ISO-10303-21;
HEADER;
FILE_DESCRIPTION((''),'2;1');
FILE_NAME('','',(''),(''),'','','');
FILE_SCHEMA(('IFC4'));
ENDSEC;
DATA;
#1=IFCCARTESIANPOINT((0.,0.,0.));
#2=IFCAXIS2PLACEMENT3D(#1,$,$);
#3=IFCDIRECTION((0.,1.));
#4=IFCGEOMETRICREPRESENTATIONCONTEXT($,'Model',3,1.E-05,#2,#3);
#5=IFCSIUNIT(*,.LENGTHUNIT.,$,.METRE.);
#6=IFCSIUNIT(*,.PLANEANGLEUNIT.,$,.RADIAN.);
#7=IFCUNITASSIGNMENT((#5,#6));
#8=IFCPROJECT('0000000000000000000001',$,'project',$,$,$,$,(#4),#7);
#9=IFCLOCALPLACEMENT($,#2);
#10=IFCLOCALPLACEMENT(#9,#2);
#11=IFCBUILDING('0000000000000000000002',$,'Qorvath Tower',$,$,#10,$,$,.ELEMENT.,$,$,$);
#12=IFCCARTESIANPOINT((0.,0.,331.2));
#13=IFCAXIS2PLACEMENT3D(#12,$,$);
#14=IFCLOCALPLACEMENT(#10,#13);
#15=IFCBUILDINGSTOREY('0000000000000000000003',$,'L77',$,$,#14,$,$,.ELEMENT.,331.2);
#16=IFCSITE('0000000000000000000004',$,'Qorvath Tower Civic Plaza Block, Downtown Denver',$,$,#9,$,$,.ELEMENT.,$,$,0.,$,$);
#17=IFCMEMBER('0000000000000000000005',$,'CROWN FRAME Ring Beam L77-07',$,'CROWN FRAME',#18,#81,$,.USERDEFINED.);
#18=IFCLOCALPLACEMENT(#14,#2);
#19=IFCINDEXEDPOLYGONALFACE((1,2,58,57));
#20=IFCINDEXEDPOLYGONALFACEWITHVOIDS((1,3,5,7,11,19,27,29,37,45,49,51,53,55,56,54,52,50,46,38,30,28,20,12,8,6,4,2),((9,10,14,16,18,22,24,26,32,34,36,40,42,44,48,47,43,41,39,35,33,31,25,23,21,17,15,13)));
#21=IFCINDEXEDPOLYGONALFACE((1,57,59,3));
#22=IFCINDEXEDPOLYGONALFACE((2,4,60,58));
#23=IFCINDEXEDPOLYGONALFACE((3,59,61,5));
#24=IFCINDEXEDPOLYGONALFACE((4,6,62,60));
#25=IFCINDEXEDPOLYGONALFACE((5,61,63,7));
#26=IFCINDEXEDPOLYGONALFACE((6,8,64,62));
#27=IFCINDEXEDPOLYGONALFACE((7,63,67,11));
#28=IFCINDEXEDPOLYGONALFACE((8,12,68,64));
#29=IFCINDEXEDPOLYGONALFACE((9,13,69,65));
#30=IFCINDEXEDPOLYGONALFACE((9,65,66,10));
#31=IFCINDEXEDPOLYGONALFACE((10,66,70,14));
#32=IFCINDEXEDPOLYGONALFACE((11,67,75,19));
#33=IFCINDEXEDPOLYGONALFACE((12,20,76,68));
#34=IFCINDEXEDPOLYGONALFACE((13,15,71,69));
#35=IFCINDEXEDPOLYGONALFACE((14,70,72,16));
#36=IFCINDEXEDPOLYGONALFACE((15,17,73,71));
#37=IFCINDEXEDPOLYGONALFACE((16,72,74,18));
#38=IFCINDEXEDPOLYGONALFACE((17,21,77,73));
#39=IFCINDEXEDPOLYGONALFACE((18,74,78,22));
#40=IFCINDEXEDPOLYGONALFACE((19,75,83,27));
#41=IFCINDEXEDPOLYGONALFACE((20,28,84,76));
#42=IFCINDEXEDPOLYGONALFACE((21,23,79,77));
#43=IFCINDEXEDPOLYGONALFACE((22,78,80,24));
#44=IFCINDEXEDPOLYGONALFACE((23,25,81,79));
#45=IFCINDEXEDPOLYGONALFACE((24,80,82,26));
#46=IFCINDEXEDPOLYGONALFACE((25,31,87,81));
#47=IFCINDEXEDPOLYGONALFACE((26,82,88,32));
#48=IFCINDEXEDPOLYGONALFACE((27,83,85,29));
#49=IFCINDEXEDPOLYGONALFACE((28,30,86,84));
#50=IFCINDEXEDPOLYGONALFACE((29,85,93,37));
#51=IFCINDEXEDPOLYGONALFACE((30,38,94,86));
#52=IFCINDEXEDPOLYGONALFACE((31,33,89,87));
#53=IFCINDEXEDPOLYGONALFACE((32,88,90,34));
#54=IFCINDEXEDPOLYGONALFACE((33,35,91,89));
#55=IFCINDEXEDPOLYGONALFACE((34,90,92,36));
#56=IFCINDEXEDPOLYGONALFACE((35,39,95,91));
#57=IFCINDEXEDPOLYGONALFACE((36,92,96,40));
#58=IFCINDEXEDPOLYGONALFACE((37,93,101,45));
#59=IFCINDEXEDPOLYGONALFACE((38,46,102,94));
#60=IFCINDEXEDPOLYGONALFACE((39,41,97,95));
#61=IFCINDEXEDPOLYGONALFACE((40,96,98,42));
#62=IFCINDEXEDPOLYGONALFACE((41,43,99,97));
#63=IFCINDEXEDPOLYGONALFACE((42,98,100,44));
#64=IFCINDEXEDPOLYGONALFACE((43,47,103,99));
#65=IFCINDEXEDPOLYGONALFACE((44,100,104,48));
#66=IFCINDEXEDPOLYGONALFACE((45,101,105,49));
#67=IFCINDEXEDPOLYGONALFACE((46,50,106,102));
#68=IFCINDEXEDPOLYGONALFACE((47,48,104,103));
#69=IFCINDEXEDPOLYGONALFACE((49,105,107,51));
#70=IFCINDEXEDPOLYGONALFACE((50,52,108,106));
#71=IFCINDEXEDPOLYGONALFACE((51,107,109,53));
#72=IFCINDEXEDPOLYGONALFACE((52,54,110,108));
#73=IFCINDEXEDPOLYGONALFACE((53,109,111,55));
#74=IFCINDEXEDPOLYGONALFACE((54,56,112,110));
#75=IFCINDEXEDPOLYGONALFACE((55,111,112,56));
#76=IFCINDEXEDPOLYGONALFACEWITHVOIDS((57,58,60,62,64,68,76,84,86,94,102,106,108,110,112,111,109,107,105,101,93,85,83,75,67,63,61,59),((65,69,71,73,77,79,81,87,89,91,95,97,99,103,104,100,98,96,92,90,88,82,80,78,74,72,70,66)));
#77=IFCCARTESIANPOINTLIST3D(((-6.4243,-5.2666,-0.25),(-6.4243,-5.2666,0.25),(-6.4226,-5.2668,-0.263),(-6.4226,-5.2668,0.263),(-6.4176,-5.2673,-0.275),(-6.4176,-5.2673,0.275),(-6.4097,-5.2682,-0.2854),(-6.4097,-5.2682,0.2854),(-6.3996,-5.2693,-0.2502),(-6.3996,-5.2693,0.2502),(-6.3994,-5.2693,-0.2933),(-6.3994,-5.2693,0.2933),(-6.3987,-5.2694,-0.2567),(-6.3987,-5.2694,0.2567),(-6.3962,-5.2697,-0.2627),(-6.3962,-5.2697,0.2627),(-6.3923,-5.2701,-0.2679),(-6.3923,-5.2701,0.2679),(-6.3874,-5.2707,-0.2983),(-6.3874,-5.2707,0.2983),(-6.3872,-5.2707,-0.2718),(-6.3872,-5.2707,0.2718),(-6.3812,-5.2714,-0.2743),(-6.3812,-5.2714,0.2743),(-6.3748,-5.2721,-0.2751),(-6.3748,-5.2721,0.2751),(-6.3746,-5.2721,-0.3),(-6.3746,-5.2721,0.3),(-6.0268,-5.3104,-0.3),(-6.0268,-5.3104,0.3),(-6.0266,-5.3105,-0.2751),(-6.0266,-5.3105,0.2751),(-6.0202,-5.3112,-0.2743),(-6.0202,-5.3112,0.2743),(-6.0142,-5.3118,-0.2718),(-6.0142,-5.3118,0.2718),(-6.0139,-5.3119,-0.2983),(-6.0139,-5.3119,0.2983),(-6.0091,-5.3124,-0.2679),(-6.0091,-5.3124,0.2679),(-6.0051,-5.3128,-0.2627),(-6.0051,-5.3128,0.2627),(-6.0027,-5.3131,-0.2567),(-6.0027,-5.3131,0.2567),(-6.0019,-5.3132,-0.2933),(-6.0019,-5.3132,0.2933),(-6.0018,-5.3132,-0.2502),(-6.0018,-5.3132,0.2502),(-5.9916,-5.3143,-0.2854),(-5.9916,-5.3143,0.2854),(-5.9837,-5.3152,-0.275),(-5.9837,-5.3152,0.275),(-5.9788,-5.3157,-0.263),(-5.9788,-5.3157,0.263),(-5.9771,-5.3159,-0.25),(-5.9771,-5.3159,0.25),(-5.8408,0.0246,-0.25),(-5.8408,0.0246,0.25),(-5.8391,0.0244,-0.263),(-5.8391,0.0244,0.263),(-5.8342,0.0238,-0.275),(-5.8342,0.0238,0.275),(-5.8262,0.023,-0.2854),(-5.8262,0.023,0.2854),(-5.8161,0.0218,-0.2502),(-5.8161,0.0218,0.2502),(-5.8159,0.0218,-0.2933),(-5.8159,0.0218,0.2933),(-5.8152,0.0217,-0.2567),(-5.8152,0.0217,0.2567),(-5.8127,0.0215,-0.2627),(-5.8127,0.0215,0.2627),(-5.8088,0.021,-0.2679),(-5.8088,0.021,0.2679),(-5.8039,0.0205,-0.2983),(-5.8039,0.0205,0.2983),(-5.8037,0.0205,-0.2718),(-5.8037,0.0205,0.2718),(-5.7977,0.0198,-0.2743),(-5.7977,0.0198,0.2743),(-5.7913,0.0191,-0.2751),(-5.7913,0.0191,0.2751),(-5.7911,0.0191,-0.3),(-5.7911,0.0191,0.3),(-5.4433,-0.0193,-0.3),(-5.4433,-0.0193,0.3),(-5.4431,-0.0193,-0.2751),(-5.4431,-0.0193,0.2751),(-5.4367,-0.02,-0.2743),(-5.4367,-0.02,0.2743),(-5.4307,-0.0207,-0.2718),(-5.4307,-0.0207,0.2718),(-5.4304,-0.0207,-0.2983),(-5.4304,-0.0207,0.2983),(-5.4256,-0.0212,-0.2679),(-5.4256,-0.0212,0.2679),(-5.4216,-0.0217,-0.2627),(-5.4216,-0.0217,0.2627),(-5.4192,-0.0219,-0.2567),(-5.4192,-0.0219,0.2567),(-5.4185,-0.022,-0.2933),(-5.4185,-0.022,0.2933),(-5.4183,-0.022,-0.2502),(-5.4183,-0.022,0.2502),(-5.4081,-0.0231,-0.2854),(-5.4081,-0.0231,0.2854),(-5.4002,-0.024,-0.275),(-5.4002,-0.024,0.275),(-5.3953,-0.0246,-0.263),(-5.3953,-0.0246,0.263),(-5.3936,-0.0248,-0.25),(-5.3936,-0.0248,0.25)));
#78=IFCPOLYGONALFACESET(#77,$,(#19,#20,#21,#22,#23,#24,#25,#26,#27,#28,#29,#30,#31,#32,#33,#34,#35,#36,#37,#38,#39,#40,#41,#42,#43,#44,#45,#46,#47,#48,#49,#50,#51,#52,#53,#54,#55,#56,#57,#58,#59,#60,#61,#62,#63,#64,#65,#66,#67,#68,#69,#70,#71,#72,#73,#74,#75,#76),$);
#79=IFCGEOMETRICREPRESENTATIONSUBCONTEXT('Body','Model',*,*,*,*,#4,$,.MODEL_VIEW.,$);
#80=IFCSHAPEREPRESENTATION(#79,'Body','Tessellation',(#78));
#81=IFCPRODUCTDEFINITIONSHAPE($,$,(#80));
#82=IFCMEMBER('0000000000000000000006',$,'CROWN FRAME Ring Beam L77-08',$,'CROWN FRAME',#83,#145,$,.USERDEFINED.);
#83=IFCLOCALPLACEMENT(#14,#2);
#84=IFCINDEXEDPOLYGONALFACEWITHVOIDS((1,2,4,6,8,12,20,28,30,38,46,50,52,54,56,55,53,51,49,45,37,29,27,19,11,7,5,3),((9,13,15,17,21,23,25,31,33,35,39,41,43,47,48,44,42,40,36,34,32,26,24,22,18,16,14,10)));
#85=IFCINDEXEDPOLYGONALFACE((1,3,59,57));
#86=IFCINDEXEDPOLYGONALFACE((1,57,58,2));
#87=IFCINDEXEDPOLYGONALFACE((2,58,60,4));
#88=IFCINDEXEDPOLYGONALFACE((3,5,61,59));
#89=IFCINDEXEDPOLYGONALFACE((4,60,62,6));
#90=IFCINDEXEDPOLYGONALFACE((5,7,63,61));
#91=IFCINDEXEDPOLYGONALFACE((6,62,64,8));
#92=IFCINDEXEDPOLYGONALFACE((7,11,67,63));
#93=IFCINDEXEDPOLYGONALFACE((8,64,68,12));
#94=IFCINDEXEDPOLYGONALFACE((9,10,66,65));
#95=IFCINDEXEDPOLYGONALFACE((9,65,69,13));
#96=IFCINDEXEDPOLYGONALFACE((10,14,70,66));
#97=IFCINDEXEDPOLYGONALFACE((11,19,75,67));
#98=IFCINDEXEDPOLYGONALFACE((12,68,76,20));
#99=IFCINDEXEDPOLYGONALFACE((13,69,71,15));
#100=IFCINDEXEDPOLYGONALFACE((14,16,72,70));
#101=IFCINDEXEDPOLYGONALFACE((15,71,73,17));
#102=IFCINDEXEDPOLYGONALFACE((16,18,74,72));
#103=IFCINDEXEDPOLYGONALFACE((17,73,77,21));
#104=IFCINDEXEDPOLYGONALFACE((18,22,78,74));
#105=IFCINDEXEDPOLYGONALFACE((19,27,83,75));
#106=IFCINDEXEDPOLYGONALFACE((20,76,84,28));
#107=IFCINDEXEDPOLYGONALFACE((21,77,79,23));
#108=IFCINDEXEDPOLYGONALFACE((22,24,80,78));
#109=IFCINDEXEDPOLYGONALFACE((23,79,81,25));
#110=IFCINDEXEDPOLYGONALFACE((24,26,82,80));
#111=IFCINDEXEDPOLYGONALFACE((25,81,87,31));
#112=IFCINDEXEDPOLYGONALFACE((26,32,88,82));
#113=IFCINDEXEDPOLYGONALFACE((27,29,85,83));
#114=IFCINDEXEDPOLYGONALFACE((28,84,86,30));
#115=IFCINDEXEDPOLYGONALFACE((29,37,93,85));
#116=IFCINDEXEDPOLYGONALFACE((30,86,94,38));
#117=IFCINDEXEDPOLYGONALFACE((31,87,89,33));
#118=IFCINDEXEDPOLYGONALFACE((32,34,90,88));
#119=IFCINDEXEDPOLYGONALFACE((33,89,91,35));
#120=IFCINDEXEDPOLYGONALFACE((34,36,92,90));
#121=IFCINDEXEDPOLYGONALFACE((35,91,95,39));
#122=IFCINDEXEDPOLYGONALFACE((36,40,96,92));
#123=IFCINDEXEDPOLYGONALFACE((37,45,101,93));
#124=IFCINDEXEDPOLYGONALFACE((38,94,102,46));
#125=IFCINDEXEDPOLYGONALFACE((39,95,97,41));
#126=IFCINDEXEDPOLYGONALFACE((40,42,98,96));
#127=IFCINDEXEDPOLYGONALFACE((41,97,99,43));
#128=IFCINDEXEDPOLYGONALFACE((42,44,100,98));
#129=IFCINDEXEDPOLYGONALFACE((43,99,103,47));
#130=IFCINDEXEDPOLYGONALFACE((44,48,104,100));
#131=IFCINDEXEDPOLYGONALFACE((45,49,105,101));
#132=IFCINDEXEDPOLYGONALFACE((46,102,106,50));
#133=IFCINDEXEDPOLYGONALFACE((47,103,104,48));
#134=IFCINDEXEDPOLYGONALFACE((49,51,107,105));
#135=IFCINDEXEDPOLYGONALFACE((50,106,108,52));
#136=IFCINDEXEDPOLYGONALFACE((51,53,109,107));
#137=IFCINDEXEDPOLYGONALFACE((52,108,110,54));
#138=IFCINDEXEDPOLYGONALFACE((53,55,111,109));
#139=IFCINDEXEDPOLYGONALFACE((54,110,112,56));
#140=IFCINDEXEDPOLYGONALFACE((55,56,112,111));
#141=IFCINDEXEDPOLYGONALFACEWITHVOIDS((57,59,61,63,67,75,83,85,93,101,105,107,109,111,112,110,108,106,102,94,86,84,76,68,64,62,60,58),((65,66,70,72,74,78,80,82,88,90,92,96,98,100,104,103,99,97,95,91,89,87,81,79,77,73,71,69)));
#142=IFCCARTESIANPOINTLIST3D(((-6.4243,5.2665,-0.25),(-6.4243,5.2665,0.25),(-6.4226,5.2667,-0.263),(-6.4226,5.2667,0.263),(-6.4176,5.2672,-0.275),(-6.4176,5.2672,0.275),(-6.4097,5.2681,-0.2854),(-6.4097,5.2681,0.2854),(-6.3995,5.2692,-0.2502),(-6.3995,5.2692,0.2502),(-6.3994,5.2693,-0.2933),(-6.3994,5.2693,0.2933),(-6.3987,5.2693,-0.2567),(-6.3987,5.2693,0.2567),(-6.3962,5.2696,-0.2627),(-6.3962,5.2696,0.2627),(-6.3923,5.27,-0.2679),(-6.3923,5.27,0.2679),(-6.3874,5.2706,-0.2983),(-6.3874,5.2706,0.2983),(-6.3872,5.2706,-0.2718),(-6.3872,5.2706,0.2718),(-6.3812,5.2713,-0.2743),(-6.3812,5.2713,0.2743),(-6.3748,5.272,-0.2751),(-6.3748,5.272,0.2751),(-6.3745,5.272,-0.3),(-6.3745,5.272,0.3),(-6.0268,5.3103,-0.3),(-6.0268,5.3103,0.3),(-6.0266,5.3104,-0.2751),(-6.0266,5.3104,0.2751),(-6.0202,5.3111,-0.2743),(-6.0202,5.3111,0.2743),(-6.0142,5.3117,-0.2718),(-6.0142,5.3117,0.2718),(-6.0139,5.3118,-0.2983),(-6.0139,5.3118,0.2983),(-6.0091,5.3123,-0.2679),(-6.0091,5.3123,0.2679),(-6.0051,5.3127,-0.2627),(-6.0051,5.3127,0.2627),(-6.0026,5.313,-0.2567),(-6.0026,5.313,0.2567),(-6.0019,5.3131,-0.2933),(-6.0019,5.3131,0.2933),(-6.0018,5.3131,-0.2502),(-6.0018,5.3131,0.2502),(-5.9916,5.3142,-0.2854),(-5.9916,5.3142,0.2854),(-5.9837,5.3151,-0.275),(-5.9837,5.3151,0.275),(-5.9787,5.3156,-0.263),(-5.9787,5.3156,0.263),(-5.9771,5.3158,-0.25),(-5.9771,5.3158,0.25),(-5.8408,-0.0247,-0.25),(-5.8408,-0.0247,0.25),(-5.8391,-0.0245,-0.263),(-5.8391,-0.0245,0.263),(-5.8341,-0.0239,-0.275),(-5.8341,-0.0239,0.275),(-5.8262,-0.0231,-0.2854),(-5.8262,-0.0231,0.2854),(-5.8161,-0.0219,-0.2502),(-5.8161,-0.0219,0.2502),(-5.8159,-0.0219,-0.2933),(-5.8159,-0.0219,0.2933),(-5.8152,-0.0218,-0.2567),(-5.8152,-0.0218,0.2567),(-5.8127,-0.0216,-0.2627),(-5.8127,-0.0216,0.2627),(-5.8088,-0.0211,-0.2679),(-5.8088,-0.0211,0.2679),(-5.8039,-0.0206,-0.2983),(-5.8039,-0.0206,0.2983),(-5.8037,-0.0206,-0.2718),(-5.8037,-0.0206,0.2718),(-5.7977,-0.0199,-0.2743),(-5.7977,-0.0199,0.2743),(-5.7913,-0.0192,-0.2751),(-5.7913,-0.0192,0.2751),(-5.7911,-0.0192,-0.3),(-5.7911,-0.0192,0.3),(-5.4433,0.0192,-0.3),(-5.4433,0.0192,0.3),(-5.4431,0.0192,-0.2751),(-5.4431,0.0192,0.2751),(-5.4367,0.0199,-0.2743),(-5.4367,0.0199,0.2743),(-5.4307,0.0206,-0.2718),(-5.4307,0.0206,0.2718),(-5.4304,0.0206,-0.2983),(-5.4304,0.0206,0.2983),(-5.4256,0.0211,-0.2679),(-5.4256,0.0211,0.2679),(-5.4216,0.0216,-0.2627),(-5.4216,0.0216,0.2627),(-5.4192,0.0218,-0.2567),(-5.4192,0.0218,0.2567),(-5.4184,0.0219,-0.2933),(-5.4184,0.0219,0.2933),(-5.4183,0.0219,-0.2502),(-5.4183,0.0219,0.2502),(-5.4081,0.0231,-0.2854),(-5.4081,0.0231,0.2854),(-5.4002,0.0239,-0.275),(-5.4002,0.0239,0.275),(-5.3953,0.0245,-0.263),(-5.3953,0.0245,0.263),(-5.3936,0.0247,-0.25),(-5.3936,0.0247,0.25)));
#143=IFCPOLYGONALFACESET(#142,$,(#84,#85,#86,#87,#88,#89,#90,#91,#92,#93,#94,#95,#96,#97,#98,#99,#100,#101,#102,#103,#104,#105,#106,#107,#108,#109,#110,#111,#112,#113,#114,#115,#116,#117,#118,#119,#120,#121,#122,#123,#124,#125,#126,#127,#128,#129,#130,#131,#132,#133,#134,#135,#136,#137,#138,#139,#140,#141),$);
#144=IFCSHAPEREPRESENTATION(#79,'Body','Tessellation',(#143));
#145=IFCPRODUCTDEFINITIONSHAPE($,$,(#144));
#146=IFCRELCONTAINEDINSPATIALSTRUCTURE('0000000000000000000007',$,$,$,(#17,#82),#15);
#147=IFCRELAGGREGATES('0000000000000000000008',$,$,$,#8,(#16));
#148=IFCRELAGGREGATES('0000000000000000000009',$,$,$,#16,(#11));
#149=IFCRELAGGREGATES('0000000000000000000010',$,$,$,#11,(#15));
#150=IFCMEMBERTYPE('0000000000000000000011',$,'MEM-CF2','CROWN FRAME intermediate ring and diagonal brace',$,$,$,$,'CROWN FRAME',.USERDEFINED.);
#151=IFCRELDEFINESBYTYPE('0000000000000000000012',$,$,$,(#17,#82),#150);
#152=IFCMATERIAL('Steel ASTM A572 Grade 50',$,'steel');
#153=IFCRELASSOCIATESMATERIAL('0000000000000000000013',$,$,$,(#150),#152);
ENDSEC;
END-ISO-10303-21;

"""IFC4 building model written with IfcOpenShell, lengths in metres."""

from ifc_helpers import new_model, si_unit, direction, frame, origin, origin_2d, place, context, subcontext, project, spatial, hollow_rectangle, extrude, material, material_profile, profile_set, type_object, element, save


model = new_model("IFC4")

# Units and contexts
model_context = context("Model", 3, precision=1e-05, world=origin(), true_north=direction((0.0, 1.0)))
body_context = subcontext(model_context, "Body", "Model", "MODEL_VIEW")
ifc_project = project(units=[si_unit("LENGTHUNIT", "METRE"), si_unit("PLANEANGLEUNIT", "RADIAN")], contexts=[model_context])

# Site, building, storey
site_placement = place(None, origin())
site = spatial("IfcSite", under=ifc_project, at=site_placement, Name="Qorvath Tower Civic Plaza Block, Downtown Denver", CompositionType="ELEMENT", RefElevation=0.0)
building_placement = place(site_placement, origin())
building = spatial("IfcBuilding", under=site, at=building_placement, Name="Qorvath Tower", CompositionType="ELEMENT")
storey_placement = place(building_placement, frame((0.0, 0.0, 331.2)))
storey = spatial("IfcBuildingStorey", under=building, at=storey_placement, Name="L77", CompositionType="ELEMENT", Elevation=331.2)

# Members
ifc_material_1 = material(Name="Steel ASTM A572 Grade 50", Category="steel")
ifc_material_profile_1 = material_profile(ifc_material_1, hollow_rectangle(XDim=0.45, YDim=0.6001, WallThickness=0.0249, InnerFilletRadius=0.0249, OuterFilletRadius=0.05, at=origin_2d()), Name="CROWN BOX 600x450x25")
ifc_profile_set_1 = profile_set([ifc_material_profile_1], Name="Steel ASTM A572 Grade 50")
member_type_1 = type_object("IfcMemberType", Name="MEM-CF2", Description="CROWN FRAME intermediate ring and diagonal brace", ElementType="CROWN FRAME", PredefinedType="USERDEFINED", material=ifc_profile_set_1)
for number, where, z_axis, x_axis, name in (
    (1, (-6.2007, -5.2913, 0.0), (0.109611, 0.993975, 0.0), (-0.993975, 0.109611, 0.0), "CROWN FRAME Ring Beam L77-07"),
    (2, (-5.6172, 0.0, 0.0), (-0.109611, 0.993975, 0.0), (-0.993975, -0.109611, 0.0), "CROWN FRAME Ring Beam L77-08"),
):
    element("IfcMember", number, at=place(storey_placement, frame(where, z_axis=z_axis, x_axis=x_axis)), inside=storey, type_object=member_type_1, Name=name, ObjectType="CROWN FRAME", PredefinedType="USERDEFINED", context=body_context, shape_type="SweptSolid", body=[
        extrude(hollow_rectangle(XDim=0.45, YDim=0.6001, WallThickness=0.0249, InnerFilletRadius=0.0249, OuterFilletRadius=0.05, at=origin_2d()), origin(), (0.0, 0.0, 1.0), 5.3232),
    ])

save(model, "model.ifc")
